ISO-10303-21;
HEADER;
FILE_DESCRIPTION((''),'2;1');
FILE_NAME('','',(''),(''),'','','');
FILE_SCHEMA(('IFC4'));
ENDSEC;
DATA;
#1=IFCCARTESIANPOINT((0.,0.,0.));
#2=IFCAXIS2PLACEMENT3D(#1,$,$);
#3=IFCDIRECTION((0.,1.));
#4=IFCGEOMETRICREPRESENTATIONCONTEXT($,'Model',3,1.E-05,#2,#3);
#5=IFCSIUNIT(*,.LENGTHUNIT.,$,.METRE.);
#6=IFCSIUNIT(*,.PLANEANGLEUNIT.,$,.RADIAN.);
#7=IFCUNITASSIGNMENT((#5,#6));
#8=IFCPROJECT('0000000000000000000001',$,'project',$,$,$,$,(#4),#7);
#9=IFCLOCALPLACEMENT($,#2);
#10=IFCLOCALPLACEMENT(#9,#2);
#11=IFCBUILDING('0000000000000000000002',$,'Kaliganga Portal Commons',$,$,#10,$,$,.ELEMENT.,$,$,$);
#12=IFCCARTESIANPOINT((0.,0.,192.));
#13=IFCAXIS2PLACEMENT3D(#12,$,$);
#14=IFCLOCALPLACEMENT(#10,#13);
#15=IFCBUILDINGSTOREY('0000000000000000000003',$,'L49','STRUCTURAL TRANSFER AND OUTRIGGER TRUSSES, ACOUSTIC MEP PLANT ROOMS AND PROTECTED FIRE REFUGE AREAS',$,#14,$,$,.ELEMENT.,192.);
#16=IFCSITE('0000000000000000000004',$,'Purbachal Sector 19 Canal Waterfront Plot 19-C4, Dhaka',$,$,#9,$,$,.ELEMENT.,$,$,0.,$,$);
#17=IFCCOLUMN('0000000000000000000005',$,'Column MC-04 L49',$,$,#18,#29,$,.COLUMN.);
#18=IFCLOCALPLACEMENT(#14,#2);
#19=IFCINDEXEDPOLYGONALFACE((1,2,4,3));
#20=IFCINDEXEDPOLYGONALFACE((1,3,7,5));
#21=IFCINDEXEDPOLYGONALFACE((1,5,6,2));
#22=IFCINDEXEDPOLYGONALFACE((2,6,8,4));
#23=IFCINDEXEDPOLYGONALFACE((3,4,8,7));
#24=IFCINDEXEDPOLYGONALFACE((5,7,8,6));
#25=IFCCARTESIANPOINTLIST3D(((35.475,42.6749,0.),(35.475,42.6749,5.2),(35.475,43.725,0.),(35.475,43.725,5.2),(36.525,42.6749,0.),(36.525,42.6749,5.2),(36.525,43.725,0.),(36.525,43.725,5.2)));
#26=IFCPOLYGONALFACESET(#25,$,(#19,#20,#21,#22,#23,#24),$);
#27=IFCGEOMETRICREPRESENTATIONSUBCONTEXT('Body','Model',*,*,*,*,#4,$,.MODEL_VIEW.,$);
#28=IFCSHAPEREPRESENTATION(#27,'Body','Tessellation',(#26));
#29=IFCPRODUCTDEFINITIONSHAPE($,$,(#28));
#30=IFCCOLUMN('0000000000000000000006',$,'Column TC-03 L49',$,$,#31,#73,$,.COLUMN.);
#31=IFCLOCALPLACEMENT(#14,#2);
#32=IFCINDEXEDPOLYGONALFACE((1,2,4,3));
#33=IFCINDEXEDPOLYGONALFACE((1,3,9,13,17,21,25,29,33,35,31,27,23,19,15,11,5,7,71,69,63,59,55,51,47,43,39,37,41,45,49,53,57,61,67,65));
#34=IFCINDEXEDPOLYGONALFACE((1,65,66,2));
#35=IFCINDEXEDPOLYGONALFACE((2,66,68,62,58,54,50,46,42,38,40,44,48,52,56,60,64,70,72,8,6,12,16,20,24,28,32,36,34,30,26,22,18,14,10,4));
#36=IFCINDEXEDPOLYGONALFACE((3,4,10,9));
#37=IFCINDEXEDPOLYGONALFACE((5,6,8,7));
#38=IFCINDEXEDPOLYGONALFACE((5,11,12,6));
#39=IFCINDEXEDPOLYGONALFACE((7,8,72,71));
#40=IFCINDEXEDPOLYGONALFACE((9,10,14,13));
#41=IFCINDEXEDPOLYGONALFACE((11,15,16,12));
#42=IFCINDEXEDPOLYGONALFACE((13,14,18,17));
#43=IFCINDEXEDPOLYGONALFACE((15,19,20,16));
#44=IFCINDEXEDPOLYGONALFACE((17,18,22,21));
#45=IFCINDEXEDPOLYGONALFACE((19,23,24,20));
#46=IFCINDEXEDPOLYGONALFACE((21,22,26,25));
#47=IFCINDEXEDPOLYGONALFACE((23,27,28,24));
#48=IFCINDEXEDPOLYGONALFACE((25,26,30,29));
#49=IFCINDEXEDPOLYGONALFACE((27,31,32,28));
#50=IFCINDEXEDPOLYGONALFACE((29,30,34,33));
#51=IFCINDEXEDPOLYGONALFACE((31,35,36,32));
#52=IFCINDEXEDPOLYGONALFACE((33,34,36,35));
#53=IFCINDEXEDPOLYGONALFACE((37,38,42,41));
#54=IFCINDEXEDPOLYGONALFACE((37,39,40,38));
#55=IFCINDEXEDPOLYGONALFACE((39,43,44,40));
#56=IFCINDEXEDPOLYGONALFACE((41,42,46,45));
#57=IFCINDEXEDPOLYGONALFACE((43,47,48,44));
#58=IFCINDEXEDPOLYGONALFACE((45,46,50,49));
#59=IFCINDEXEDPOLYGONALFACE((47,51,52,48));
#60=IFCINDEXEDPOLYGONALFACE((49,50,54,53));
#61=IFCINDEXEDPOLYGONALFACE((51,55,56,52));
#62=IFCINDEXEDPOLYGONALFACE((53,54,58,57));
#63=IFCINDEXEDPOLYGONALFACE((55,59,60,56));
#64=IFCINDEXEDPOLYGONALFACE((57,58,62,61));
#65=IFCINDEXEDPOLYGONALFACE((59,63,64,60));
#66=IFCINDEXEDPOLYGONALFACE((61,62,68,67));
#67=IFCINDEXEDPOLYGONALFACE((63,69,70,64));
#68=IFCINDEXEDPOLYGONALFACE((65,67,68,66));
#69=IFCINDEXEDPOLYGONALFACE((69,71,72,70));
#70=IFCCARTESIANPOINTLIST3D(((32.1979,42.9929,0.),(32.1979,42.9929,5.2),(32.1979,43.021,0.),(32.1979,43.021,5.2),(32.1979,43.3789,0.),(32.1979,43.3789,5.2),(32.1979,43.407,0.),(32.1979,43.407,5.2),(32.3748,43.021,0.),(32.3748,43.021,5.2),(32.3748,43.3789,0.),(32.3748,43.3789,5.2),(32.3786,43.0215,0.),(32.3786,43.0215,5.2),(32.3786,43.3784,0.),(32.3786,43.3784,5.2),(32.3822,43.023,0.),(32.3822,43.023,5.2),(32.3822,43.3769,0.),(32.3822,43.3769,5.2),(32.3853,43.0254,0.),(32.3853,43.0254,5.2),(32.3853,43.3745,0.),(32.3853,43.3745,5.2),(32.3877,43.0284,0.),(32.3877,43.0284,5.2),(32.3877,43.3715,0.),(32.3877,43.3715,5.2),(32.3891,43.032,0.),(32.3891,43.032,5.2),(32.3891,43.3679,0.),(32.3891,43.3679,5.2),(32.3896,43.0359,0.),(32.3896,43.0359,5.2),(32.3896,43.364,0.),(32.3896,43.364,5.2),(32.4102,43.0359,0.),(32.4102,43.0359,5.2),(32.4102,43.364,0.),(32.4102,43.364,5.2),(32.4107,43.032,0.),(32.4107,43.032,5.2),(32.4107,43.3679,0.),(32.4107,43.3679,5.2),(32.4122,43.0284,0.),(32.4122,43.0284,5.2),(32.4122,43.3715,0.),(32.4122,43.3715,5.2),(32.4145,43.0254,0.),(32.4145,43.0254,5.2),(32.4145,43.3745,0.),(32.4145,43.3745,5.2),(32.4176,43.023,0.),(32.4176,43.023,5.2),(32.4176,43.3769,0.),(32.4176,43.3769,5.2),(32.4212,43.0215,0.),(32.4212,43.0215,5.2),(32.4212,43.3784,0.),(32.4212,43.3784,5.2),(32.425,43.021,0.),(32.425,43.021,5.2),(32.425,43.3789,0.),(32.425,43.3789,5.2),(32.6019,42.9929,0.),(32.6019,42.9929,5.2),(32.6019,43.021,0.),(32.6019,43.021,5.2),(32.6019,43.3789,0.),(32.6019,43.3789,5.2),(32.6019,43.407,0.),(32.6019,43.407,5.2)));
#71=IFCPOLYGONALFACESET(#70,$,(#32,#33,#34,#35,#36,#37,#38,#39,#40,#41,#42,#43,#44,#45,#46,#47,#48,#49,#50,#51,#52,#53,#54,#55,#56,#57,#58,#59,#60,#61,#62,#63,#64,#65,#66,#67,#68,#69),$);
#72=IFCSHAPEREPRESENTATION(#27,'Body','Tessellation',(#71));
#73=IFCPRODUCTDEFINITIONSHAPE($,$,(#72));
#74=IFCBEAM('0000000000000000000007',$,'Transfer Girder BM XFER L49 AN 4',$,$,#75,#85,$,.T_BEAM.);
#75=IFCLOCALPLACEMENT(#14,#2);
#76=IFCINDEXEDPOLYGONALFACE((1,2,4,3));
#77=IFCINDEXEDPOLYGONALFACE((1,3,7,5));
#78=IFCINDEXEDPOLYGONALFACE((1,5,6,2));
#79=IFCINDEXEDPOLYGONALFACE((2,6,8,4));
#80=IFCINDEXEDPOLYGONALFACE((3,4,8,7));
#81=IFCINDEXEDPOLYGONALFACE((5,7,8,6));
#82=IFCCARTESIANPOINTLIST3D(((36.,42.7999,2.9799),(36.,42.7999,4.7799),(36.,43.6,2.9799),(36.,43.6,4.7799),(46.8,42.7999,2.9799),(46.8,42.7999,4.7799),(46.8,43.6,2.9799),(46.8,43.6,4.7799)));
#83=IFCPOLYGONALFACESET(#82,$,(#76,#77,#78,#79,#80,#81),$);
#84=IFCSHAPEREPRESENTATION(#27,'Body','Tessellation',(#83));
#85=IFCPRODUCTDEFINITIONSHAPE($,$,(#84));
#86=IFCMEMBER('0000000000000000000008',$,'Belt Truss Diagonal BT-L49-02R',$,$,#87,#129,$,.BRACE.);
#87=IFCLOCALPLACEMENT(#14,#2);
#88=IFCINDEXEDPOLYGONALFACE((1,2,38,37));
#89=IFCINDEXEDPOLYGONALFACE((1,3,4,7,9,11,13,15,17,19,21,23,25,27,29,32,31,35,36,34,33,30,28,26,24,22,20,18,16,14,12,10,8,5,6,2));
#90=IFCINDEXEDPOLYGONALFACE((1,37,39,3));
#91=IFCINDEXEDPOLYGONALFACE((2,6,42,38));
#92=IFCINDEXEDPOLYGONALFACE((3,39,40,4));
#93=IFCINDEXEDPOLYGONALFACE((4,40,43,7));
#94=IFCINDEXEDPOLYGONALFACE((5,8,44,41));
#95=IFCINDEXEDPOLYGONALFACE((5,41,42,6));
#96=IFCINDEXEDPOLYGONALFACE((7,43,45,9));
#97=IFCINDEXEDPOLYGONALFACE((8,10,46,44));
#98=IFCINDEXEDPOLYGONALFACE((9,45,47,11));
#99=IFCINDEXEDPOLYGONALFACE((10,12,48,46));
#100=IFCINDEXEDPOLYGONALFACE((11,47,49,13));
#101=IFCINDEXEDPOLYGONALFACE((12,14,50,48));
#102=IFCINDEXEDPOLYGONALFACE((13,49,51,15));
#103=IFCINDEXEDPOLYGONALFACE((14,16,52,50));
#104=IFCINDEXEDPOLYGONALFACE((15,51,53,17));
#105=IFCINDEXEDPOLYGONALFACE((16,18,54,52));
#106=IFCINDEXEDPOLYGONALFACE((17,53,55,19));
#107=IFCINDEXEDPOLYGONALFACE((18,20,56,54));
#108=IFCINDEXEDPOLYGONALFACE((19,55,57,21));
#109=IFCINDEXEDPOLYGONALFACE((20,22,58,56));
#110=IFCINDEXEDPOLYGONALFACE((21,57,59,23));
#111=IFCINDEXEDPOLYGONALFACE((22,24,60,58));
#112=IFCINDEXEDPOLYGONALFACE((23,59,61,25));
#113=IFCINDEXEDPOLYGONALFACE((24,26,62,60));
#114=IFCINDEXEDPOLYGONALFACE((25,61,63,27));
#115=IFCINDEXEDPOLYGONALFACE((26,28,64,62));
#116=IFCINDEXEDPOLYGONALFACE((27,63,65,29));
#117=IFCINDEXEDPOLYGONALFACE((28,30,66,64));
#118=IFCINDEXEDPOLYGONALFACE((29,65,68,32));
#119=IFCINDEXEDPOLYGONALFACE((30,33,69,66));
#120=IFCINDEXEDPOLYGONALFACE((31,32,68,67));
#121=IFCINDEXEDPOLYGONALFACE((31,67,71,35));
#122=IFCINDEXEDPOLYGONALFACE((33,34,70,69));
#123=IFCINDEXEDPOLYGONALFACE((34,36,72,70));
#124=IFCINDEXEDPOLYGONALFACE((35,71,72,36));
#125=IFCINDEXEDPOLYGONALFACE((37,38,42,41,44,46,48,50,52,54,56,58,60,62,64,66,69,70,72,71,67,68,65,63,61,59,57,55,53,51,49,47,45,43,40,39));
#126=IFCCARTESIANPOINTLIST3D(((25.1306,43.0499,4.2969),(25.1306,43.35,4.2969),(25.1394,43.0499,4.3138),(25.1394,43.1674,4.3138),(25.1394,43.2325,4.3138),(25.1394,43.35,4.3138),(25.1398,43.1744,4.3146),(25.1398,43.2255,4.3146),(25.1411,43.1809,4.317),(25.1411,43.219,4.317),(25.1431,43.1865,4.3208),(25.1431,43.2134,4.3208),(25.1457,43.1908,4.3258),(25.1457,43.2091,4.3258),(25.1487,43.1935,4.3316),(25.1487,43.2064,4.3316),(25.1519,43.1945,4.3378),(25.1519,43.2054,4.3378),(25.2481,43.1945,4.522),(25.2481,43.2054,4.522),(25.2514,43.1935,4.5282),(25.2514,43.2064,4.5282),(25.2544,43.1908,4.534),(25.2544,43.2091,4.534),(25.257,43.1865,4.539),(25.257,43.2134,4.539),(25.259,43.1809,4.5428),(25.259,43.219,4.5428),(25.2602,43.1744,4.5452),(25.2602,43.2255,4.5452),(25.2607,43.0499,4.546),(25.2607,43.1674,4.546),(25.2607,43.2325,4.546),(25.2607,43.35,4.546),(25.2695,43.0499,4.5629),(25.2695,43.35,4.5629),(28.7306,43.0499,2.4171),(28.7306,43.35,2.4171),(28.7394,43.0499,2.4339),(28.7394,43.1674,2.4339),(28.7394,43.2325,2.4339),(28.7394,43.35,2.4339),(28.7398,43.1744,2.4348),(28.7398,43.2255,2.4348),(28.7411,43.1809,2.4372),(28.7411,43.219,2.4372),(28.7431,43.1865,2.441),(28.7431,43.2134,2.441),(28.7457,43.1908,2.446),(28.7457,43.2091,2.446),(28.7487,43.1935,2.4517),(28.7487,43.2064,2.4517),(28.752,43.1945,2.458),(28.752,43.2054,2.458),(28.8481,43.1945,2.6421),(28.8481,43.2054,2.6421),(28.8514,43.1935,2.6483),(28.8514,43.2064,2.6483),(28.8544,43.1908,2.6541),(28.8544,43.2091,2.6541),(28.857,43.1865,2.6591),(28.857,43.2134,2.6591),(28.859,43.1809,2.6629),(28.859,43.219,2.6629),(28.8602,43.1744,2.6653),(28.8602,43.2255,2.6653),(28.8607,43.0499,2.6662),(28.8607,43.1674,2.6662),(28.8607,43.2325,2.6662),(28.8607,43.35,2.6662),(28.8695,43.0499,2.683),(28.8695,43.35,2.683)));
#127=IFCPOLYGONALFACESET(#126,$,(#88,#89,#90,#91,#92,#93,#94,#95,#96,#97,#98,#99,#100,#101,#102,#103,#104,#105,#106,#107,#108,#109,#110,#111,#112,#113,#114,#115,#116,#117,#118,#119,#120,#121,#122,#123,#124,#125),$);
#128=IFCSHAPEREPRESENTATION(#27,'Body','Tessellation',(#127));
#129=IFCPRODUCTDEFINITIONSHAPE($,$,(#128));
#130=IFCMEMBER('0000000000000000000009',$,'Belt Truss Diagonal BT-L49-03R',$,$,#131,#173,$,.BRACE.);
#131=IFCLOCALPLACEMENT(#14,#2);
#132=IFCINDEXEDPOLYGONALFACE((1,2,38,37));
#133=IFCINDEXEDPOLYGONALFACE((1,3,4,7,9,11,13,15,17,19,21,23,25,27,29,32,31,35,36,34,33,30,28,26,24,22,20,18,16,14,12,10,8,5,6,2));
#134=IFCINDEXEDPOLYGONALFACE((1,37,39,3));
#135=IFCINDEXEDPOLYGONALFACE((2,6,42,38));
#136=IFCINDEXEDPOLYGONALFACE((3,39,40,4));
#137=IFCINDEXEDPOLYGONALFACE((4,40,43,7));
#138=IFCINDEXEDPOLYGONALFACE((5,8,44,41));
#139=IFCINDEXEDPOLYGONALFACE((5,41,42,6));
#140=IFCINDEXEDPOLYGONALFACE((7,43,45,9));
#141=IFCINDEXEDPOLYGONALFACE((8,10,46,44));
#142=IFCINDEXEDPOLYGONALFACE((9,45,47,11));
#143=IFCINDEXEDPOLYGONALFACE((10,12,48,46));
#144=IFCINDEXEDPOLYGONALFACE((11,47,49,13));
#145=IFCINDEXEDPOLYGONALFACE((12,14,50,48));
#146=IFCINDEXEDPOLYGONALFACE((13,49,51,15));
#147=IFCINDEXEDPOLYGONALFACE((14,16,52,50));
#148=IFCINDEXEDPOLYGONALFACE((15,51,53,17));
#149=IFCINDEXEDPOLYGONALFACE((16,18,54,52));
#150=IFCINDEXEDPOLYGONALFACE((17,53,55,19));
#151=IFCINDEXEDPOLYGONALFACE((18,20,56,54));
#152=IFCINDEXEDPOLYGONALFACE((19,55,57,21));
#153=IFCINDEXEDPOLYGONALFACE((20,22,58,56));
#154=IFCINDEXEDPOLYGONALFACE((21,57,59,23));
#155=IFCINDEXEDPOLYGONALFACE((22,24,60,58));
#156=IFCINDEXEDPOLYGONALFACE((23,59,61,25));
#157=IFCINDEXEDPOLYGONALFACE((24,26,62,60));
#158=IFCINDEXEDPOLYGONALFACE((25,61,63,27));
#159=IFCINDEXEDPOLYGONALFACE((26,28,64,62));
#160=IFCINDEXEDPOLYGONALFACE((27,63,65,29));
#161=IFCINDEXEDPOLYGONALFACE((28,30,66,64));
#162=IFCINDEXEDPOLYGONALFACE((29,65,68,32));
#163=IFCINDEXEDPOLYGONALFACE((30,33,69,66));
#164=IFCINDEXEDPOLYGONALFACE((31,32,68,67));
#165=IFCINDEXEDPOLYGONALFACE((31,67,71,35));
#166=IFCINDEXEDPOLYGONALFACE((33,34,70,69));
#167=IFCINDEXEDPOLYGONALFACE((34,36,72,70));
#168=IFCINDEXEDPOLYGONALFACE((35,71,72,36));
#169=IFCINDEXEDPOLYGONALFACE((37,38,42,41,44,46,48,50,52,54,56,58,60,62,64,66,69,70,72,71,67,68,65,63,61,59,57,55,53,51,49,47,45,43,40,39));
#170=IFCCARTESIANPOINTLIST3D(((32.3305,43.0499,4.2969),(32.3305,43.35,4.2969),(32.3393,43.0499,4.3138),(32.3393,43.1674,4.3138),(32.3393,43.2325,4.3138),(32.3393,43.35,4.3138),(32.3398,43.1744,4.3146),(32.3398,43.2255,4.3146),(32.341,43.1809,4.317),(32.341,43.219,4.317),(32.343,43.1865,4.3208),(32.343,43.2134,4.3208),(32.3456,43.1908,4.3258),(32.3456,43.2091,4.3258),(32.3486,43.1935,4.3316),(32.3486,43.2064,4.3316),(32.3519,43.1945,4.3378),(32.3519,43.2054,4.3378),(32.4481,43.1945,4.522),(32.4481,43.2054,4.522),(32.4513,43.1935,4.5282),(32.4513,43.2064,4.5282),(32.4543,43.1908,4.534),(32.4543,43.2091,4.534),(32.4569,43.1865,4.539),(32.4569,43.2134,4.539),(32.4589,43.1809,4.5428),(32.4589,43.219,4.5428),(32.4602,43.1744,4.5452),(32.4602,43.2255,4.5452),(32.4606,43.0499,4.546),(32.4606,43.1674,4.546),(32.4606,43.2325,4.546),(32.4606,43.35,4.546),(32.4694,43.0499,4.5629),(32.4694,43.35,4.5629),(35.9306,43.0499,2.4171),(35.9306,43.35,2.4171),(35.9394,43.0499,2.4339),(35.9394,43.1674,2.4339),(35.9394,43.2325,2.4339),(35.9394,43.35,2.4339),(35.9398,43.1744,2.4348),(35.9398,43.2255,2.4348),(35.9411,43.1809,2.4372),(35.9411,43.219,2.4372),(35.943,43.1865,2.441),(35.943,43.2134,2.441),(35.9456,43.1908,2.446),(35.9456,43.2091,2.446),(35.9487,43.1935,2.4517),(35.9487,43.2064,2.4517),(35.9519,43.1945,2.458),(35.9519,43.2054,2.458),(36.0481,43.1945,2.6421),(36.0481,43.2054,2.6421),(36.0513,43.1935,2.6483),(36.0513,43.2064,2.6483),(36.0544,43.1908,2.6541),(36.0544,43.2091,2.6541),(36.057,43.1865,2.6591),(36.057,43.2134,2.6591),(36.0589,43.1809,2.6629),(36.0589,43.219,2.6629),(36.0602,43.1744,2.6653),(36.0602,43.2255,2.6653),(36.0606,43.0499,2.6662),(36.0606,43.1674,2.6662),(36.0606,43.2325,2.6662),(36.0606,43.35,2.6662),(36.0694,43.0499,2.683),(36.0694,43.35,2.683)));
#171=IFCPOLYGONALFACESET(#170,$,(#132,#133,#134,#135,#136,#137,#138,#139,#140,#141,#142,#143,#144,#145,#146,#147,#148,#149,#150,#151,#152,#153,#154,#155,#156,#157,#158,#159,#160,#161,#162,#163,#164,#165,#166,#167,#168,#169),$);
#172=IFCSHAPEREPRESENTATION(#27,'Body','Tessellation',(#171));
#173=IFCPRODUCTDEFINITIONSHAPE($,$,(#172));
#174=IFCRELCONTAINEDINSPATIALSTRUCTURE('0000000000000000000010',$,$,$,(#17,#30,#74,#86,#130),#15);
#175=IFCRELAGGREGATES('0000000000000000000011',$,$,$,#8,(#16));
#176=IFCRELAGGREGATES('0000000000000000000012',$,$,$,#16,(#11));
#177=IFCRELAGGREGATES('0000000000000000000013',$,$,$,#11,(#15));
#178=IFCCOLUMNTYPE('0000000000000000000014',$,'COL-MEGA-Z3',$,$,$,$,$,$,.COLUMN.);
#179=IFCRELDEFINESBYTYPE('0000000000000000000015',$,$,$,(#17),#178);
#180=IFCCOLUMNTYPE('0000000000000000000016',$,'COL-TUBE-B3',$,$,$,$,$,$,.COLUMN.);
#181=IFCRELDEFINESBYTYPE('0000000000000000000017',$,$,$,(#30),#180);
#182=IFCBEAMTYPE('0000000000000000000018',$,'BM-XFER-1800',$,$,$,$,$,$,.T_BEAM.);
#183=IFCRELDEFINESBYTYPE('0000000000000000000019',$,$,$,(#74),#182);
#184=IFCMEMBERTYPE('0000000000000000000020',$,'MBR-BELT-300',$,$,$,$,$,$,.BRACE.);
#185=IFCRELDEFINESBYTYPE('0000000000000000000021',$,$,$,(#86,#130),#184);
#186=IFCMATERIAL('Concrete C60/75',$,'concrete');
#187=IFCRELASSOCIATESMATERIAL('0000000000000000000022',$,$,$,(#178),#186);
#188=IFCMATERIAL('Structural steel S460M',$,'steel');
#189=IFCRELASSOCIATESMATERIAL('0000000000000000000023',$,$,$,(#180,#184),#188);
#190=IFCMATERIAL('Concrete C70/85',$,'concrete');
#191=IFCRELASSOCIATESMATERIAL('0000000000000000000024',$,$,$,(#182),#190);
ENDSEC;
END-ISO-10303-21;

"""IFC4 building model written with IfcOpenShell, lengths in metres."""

from ifc_helpers import new_model, si_unit, direction, frame, origin, origin_2d, place, context, subcontext, project, spatial, rectangle, i_section, extrude, source, transform, mapped, material, material_profile, profile_set, type_object, element, save


model = new_model("IFC4")

# Units and contexts
model_context = context("Model", 3, precision=1e-05, world=origin(), true_north=direction((0.0, 1.0)))
body_context = subcontext(model_context, "Body", "Model", "MODEL_VIEW")
ifc_project = project(units=[si_unit("LENGTHUNIT", "METRE"), si_unit("PLANEANGLEUNIT", "RADIAN")], contexts=[model_context])

# Site, building, storey
site_placement = place(None, origin())
site = spatial("IfcSite", under=ifc_project, at=site_placement, Name="Purbachal Sector 19 Canal Waterfront Plot 19-C4, Dhaka", CompositionType="ELEMENT", RefElevation=0.0)
building_placement = place(site_placement, origin())
building = spatial("IfcBuilding", under=site, at=building_placement, Name="Kaliganga Portal Commons", CompositionType="ELEMENT")
storey_placement = place(building_placement, frame((0.0, 0.0, 192.0)))
storey = spatial("IfcBuildingStorey", under=building, at=storey_placement, Name="L49", Description="STRUCTURAL TRANSFER AND OUTRIGGER TRUSSES, ACOUSTIC MEP PLANT ROOMS AND PROTECTED FIRE REFUGE AREAS", CompositionType="ELEMENT", Elevation=192.0)

# Columns
ifc_material_1 = material(Name="Concrete C60/75", Category="concrete")
ifc_material_profile_1 = material_profile(ifc_material_1, rectangle(XDim=1.05, YDim=1.05, at=origin_2d()), Name="RC 1050x1050")
ifc_profile_set_1 = profile_set([ifc_material_profile_1], Name="Concrete C60/75")
column_type_1 = type_object("IfcColumnType", Name="COL-MEGA-Z3", PredefinedType="COLUMN", material=ifc_profile_set_1)
shared_shape_1 = source(origin(), body_context, "Body", "SweptSolid", [
    extrude(rectangle(XDim=1.05, YDim=1.05, at=origin_2d()), origin(), (0.0, 0.0, 1.0), 5.2),
])
column_1_placement = place(storey_placement, frame((36.0, 43.2, 0.0), z_axis=(0.0, 0.0, 1.0), x_axis=(1.0, 0.0, 0.0)))
element("IfcColumn", 1, at=column_1_placement, inside=storey, type_object=column_type_1, Name="Column MC-04 L49", PredefinedType="COLUMN", context=body_context, shape_type="MappedRepresentation", body=[
    mapped(shared_shape_1, transform((0.0, 0.0, 0.0), x_axis=(1.0, 0.0, 0.0), y_axis=(0.0, 1.0, 0.0), z_axis=(0.0, 0.0, 1.0), scale=1.0)),
])
ifc_material_2 = material(Name="Structural steel S460M", Category="steel")
ifc_material_profile_2 = material_profile(ifc_material_2, i_section(OverallWidth=0.4041, OverallDepth=0.4141, WebThickness=0.0205, FlangeThickness=0.0281, FilletRadius=0.0149, at=origin_2d()), Name="HD 400x347")
ifc_profile_set_2 = profile_set([ifc_material_profile_2], Name="Structural steel S460M wide-flange")
column_type_2 = type_object("IfcColumnType", Name="COL-TUBE-B3", PredefinedType="COLUMN", material=ifc_profile_set_2)
shared_shape_2 = source(origin(), body_context, "Body", "SweptSolid", [
    extrude(i_section(OverallWidth=0.4041, OverallDepth=0.4141, WebThickness=0.0205, FlangeThickness=0.0281, FilletRadius=0.0149, at=origin_2d()), origin(), (0.0, 0.0, 1.0), 5.2),
])
column_2_placement = place(storey_placement, frame((32.3999, 43.2, 0.0), z_axis=(0.0, 0.0, 1.0), x_axis=(1.0, 0.0, 0.0)))
element("IfcColumn", 2, at=column_2_placement, inside=storey, type_object=column_type_2, Name="Column TC-03 L49", PredefinedType="COLUMN", context=body_context, shape_type="MappedRepresentation", body=[
    mapped(shared_shape_2, transform((0.0, 0.0, 0.0), x_axis=(1.0, 0.0, 0.0), y_axis=(0.0, 1.0, 0.0), z_axis=(0.0, 0.0, 1.0), scale=1.0)),
])

# Beam
ifc_material_3 = material(Name="Concrete C70/85", Category="concrete")
ifc_material_profile_3 = material_profile(ifc_material_3, rectangle(XDim=0.8, YDim=1.8, at=origin_2d()), Name="RC 800x1800")
ifc_profile_set_3 = profile_set([ifc_material_profile_3], Name="Concrete C70/85")
beam_type = type_object("IfcBeamType", Name="BM-XFER-1800", PredefinedType="T_BEAM", material=ifc_profile_set_3)
shared_shape_3 = source(origin(), body_context, "Body", "SweptSolid", [
    extrude(rectangle(XDim=0.8, YDim=1.8, at=origin_2d()), origin(), (0.0, 0.0, 1.0), 10.8),
])
beam_placement = place(storey_placement, frame((36.0, 43.2, 3.8799), z_axis=(1.0, 0.0, 0.0), x_axis=(0.0, 1.0, 0.0)))
element("IfcBeam", 3, at=beam_placement, inside=storey, type_object=beam_type, Name="Transfer Girder BM XFER L49 AN 4", PredefinedType="T_BEAM", context=body_context, shape_type="MappedRepresentation", body=[
    mapped(shared_shape_3, transform((0.0, 0.0, 0.0), x_axis=(1.0, 0.0, 0.0), y_axis=(0.0, 1.0, 0.0), z_axis=(0.0, 0.0, 1.0), scale=1.0)),
])

# Members
ifc_material_profile_4 = material_profile(ifc_material_2, i_section(OverallWidth=0.3, OverallDepth=0.3, WebThickness=0.011, FlangeThickness=0.019, FilletRadius=0.0271, at=origin_2d()), Name="HE 300 B")
ifc_profile_set_4 = profile_set([ifc_material_profile_4], Name="Structural steel S460M wide-flange")
member_type_1 = type_object("IfcMemberType", Name="MBR-BELT-300", PredefinedType="BRACE", material=ifc_profile_set_4)
shared_shape_4 = source(origin(), body_context, "Body", "SweptSolid", [
    extrude(i_section(OverallWidth=0.3, OverallDepth=0.3, WebThickness=0.011, FlangeThickness=0.019, FilletRadius=0.0271, at=origin_2d()), origin(), (0.0, 0.0, 1.0), 4.0613),
])
for number, where, z_axis, x_axis, name in (
    (4, (28.8, 43.2, 2.55), (-0.886426, 0.0, 0.46287), (0.0, -1.0, 0.0), "Belt Truss Diagonal BT-L49-02R"),
    (5, (36.0, 43.2, 2.55), (-0.886426, 0.0, 0.46287), (0.0, -1.0, 0.0), "Belt Truss Diagonal BT-L49-03R"),
):
    element("IfcMember", number, at=place(storey_placement, frame(where, z_axis=z_axis, x_axis=x_axis)), inside=storey, type_object=member_type_1, Name=name, PredefinedType="BRACE", context=body_context, shape_type="MappedRepresentation", body=[
        mapped(shared_shape_4, transform((0.0, 0.0, 0.0), x_axis=(1.0, 0.0, 0.0), y_axis=(0.0, 1.0, 0.0), z_axis=(0.0, 0.0, 1.0), scale=1.0)),
    ])

save(model, "model.ifc")
